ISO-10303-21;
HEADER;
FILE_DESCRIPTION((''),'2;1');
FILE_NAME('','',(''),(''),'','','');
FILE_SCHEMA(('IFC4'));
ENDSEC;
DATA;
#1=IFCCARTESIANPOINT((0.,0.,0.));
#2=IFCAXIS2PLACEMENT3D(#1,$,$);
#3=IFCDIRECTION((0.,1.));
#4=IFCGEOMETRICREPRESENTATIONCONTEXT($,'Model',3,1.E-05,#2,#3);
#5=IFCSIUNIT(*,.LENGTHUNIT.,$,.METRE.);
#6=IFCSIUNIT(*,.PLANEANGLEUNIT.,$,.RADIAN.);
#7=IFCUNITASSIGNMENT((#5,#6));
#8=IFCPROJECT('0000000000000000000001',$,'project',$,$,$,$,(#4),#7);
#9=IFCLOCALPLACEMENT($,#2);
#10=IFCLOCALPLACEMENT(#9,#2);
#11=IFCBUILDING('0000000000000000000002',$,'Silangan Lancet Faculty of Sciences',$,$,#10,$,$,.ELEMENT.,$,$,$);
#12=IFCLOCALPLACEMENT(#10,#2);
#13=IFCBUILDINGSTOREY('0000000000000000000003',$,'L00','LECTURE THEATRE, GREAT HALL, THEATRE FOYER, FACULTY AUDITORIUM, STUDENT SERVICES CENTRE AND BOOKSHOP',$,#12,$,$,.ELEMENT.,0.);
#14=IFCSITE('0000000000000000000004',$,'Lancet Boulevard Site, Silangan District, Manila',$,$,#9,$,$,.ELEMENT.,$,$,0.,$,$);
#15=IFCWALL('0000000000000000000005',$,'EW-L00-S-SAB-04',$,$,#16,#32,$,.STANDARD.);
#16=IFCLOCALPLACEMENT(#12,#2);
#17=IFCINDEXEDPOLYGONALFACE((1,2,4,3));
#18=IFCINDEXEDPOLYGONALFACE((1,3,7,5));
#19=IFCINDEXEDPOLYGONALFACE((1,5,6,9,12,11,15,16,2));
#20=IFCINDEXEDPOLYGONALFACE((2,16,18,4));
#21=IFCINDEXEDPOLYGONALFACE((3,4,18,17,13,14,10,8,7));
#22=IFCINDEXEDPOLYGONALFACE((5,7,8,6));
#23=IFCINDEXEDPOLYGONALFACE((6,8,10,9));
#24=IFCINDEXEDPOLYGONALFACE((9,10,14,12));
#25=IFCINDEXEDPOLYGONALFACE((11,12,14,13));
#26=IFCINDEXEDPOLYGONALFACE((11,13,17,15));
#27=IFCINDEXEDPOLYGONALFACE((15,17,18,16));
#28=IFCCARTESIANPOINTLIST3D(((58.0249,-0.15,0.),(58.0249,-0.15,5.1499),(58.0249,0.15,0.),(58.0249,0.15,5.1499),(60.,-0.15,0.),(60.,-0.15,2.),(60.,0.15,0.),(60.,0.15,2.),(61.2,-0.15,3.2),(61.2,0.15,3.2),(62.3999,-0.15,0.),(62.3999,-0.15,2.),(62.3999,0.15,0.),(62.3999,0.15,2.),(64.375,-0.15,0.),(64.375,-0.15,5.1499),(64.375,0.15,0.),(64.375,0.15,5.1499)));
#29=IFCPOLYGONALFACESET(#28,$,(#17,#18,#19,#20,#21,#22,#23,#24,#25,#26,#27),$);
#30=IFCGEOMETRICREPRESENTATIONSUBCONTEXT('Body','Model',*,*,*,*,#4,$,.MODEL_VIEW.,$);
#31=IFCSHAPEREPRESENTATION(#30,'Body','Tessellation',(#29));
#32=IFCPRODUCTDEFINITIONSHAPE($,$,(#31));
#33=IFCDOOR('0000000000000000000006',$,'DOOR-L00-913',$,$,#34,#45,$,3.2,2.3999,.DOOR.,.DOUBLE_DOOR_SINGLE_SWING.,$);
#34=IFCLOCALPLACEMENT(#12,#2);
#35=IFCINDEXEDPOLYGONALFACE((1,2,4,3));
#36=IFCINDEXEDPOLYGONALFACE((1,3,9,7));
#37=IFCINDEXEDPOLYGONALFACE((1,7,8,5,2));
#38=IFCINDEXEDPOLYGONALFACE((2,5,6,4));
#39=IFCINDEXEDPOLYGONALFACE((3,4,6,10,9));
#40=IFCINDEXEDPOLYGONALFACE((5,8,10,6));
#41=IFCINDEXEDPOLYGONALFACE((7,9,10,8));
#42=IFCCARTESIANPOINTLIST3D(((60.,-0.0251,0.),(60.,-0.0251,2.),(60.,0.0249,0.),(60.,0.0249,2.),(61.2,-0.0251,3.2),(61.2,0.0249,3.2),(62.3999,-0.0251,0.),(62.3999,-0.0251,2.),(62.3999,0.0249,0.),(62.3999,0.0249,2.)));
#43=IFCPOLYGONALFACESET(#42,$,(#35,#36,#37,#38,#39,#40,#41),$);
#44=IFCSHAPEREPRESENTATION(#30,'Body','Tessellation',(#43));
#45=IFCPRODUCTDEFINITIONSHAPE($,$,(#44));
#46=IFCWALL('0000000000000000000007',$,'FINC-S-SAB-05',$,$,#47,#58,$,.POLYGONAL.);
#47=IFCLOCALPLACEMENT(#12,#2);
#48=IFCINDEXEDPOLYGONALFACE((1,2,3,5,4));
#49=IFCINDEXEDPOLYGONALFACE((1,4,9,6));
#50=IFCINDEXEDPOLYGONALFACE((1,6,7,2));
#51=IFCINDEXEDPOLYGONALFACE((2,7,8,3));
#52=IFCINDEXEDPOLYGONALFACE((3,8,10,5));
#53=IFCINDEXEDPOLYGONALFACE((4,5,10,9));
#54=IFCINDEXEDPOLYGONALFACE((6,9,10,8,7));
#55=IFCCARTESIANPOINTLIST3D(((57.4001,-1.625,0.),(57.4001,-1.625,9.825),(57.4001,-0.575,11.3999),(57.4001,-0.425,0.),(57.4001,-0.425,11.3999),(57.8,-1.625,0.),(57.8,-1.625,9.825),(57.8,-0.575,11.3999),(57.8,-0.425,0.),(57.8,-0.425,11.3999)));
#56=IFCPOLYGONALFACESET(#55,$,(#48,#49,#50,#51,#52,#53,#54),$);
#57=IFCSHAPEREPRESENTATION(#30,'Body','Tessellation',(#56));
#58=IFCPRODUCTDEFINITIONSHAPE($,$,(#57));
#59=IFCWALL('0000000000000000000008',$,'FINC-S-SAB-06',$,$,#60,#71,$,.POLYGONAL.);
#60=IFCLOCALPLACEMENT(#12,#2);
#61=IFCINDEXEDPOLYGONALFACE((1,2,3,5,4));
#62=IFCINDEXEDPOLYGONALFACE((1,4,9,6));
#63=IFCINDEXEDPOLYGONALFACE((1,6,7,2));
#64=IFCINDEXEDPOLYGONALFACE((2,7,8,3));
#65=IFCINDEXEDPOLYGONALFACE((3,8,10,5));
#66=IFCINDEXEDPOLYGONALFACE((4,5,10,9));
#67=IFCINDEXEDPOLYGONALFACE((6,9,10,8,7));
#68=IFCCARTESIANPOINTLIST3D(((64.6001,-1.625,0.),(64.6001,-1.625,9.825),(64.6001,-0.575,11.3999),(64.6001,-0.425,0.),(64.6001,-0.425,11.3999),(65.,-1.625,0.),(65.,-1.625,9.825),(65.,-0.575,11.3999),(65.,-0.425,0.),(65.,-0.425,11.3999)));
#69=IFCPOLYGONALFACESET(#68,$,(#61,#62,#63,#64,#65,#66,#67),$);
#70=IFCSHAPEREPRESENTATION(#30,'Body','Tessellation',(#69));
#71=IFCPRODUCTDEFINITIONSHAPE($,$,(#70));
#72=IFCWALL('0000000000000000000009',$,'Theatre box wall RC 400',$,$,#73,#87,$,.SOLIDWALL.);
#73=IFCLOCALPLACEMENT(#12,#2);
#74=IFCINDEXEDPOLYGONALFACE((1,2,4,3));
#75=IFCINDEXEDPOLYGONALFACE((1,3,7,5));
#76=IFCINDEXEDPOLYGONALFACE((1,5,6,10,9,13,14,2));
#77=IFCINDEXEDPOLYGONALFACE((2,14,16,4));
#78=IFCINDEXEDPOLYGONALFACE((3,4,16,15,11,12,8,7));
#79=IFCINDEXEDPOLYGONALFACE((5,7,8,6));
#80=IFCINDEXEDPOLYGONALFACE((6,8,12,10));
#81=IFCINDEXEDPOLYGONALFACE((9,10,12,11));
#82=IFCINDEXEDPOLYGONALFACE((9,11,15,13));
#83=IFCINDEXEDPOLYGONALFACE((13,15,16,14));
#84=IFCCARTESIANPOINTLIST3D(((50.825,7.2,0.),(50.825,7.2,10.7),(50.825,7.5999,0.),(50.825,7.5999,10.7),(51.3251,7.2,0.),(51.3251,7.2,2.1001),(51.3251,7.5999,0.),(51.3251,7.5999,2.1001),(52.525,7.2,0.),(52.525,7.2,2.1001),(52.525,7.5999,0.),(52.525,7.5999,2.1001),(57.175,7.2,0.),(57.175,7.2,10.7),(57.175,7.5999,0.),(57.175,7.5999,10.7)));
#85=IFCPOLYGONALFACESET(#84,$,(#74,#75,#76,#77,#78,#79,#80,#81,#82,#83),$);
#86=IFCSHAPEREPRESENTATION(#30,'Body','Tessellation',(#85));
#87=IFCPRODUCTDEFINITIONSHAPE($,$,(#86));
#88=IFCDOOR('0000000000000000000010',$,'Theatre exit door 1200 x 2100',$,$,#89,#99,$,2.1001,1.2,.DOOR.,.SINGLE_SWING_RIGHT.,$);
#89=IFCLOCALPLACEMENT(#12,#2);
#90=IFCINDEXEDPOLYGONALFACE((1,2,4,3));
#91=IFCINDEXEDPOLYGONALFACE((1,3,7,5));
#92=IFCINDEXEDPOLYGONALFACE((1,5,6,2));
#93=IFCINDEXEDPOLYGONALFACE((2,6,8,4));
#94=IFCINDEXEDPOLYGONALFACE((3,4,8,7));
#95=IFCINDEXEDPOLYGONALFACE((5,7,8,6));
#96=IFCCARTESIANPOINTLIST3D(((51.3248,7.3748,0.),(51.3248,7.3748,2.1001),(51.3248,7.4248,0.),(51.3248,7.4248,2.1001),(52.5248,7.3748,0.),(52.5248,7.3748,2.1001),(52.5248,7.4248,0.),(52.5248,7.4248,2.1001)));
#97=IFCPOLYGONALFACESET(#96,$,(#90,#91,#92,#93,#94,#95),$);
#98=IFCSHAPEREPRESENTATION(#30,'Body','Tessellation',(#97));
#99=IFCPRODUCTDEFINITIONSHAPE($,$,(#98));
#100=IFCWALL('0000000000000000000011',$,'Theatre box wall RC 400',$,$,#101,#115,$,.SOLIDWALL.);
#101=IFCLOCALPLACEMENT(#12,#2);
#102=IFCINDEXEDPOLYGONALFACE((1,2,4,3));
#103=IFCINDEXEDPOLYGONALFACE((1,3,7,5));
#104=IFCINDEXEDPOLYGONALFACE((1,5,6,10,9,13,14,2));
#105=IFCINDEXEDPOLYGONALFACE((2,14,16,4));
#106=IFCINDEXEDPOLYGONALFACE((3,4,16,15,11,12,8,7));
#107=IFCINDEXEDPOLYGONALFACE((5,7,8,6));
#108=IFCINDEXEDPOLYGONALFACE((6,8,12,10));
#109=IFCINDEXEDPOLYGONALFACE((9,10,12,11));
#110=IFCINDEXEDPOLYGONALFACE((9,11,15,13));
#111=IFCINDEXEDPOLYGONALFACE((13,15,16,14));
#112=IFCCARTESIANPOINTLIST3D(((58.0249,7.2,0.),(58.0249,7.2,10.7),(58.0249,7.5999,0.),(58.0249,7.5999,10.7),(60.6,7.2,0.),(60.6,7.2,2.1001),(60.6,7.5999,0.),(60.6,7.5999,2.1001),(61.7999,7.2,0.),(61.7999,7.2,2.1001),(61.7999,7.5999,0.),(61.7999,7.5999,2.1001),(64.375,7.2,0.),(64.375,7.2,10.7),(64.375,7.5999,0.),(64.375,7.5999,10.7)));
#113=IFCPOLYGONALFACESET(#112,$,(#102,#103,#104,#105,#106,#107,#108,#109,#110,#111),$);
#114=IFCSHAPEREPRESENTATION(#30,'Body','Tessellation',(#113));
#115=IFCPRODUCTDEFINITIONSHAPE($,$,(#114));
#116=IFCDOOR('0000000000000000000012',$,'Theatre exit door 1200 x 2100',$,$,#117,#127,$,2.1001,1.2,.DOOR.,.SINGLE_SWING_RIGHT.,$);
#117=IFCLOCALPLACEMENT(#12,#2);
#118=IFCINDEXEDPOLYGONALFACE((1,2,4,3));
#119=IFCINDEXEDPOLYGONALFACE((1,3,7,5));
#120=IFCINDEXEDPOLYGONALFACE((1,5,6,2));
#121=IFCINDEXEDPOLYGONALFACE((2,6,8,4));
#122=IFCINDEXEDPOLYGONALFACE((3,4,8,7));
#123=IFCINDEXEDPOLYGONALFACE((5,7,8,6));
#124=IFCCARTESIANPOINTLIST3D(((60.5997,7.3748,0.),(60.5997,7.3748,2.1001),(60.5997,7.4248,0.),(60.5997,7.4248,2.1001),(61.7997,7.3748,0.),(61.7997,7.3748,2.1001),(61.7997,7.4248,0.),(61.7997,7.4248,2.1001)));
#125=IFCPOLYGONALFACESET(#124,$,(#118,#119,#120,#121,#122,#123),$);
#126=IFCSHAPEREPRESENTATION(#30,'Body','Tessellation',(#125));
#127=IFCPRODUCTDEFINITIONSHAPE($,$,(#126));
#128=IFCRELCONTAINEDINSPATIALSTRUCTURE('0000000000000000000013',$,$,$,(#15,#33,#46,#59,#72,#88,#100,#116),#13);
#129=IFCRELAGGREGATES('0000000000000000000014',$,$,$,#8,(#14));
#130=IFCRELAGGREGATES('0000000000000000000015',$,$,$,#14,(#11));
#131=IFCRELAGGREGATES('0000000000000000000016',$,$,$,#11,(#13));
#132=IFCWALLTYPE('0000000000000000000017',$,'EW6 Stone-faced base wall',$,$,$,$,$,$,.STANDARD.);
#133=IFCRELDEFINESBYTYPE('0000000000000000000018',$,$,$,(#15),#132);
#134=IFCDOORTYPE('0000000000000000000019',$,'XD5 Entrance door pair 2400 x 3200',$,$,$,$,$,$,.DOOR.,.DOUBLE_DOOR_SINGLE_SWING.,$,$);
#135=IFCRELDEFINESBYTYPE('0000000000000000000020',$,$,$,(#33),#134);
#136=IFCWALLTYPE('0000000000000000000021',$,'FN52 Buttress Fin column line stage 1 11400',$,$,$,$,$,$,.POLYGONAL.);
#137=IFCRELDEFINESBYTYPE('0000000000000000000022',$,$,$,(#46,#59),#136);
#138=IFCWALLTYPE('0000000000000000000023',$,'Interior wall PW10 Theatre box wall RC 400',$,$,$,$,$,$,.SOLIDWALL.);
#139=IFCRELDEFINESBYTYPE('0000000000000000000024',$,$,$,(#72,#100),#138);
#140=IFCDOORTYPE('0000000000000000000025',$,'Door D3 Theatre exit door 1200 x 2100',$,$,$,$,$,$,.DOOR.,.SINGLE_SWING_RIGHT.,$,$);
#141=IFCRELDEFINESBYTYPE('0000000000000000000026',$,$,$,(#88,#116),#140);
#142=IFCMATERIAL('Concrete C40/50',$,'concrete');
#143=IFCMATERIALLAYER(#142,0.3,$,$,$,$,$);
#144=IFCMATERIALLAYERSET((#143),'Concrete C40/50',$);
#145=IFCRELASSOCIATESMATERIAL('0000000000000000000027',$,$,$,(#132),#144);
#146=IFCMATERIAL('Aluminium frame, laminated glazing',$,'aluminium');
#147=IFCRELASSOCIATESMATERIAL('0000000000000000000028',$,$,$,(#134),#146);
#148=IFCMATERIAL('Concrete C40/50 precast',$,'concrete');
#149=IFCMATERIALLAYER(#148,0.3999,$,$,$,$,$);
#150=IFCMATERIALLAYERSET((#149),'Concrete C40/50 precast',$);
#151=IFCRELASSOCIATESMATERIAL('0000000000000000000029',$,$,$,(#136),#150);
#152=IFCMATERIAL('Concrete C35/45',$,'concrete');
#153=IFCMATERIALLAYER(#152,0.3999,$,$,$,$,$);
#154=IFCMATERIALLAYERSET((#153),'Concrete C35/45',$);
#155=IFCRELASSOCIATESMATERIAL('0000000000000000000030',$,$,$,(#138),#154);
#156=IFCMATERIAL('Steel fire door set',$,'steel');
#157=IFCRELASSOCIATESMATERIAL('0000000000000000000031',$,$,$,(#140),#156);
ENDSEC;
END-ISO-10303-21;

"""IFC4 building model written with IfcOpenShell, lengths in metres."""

from ifc_helpers import new_model, si_unit, direction, frame, frame_2d, origin, place, context, subcontext, project, spatial, polyline, rectangle, outline, extrude, material, layer, layer_set, type_object, element, fill, save


model = new_model("IFC4")

# Units and contexts
model_context = context("Model", 3, precision=1e-05, world=origin(), true_north=direction((0.0, 1.0)))
body_context = subcontext(model_context, "Body", "Model", "MODEL_VIEW")
ifc_project = project(units=[si_unit("LENGTHUNIT", "METRE"), si_unit("PLANEANGLEUNIT", "RADIAN")], contexts=[model_context])

# Site, building, storey
site_placement = place(None, origin())
site = spatial("IfcSite", under=ifc_project, at=site_placement, Name="Lancet Boulevard Site, Silangan District, Manila", CompositionType="ELEMENT", RefElevation=0.0)
building_placement = place(site_placement, origin())
building = spatial("IfcBuilding", under=site, at=building_placement, Name="Silangan Lancet Faculty of Sciences", CompositionType="ELEMENT")
storey_placement = place(building_placement, origin())
storey = spatial("IfcBuildingStorey", under=building, at=storey_placement, Name="L00", Description="LECTURE THEATRE, GREAT HALL, THEATRE FOYER, FACULTY AUDITORIUM, STUDENT SERVICES CENTRE AND BOOKSHOP", CompositionType="ELEMENT", Elevation=0.0)

# Shared definitions
ifc_material_1 = material(Name="Concrete C40/50", Category="concrete")
ifc_layer_1 = layer(ifc_material_1, 0.3)
ifc_layer_set_1 = layer_set([ifc_layer_1], Name="Concrete C40/50")
wall_type_1 = type_object("IfcWallType", Name="EW6 Stone-faced base wall", PredefinedType="STANDARD", material=ifc_layer_set_1)

# Wall, opening, door
wall_1_placement = place(storey_placement, frame((58.0249, 0.0, 0.0), z_axis=(0.0, 0.0, 1.0), x_axis=(1.0, 0.0, 0.0)))
wall_1 = element("IfcWall", 1, at=wall_1_placement, inside=storey, type_object=wall_type_1, Name="EW-L00-S-SAB-04", PredefinedType="STANDARD", context=body_context, shape_type="SweptSolid", body=[
    extrude(rectangle(XDim=6.3501, YDim=0.3, at=frame_2d((3.175, 0.0))), origin(), (0.0, 0.0, 1.0), 5.1499),
])
opening_1_placement = place(wall_1_placement, frame((1.9751, 0.0, 0.0)))
opening_1 = element("IfcOpeningElement", 2, at=opening_1_placement, cuts=wall_1, PredefinedType="OPENING", context=body_context, shape_type="SweptSolid", body=[
    extrude(outline(polyline([(0.0, 0.0), (2.3999, 0.0), (2.3999, 2.0), (1.2, 3.2), (0.0, 2.0), (0.0, 0.0)])), frame((0.0, 0.1599, 0.0), z_axis=(0.0, -1.0, 0.0), x_axis=(1.0, 0.0, 0.0)), (0.0, 0.0, 1.0), 0.3201),
])
ifc_material_2 = material(Name="Aluminium frame, laminated glazing", Category="aluminium")
door_type_1 = type_object("IfcDoorType", Name="XD5 Entrance door pair 2400 x 3200", OperationType="DOUBLE_DOOR_SINGLE_SWING", PredefinedType="DOOR", material=ifc_material_2)
door_1_placement = place(opening_1_placement, frame((2.3999, 0.0, 0.0), z_axis=(0.0, 0.0, 1.0), x_axis=(-1.0, 0.0, 0.0)))
door_1 = element("IfcDoor", 3, at=door_1_placement, inside=storey, type_object=door_type_1, Name="DOOR-L00-913", OperationType="DOUBLE_DOOR_SINGLE_SWING", OverallHeight=3.2, OverallWidth=2.3999, PredefinedType="DOOR", context=body_context, shape_type="SweptSolid", body=[
    extrude(outline(polyline([(2.3999, 2.0), (1.2, 3.2), (0.0, 2.0), (0.0, 0.0), (2.3999, 0.0), (2.3999, 2.0)])), frame((0.0, 0.0251, 0.0), z_axis=(0.0, -1.0, 0.0), x_axis=(1.0, 0.0, 0.0)), (0.0, 0.0, 1.0), 0.05),
])
fill(opening_1, door_1)

# Walls
ifc_material_3 = material(Name="Concrete C40/50 precast", Category="concrete")
ifc_layer_2 = layer(ifc_material_3, 0.3999)
ifc_layer_set_2 = layer_set([ifc_layer_2], Name="Concrete C40/50 precast")
wall_type_2 = type_object("IfcWallType", Name="FN52 Buttress Fin column line stage 1 11400", PredefinedType="POLYGONAL", material=ifc_layer_set_2)
for number, where, z_axis, x_axis, name in (
    (4, (57.6001, -0.425, 0.0), (0.0, 0.0, 1.0), (0.0, -1.0, 0.0), "FINC-S-SAB-05"),
    (5, (64.8, -0.425, 0.0), (0.0, 0.0, 1.0), (0.0, -1.0, 0.0), "FINC-S-SAB-06"),
):
    element("IfcWall", number, at=place(storey_placement, frame(where, z_axis=z_axis, x_axis=x_axis)), inside=storey, type_object=wall_type_2, Name=name, PredefinedType="POLYGONAL", context=body_context, shape_type="SweptSolid", body=[
        extrude(outline(polyline([(1.2, 0.0), (1.2, 9.825), (0.1499, 11.3999), (0.0, 11.3999), (0.0, 0.0), (1.2, 0.0)])), frame((0.0, 0.2, 0.0), z_axis=(0.0, -1.0, 0.0), x_axis=(1.0, 0.0, 0.0)), (0.0, 0.0, 1.0), 0.3999),
    ])

# Walls, openings, doors
ifc_material_4 = material(Name="Concrete C35/45", Category="concrete")
ifc_layer_3 = layer(ifc_material_4, 0.3999)
ifc_layer_set_3 = layer_set([ifc_layer_3], Name="Concrete C35/45")
wall_type_3 = type_object("IfcWallType", Name="Interior wall PW10 Theatre box wall RC 400", PredefinedType="SOLIDWALL", material=ifc_layer_set_3)
wall_2_placement = place(storey_placement, frame((50.825, 7.3999, 0.0), z_axis=(0.0, 0.0, 1.0), x_axis=(1.0, 0.0, 0.0)))
wall_2 = element("IfcWall", 6, at=wall_2_placement, inside=storey, type_object=wall_type_3, Name="Theatre box wall RC 400", PredefinedType="SOLIDWALL", context=body_context, shape_type="SweptSolid", body=[
    extrude(rectangle(XDim=6.3501, YDim=0.3999, at=frame_2d((3.175, 0.0))), origin(), (0.0, 0.0, 1.0), 10.7),
])
opening_2_placement = place(wall_2_placement, frame((0.5, 0.0, 0.0)))
opening_2 = element("IfcOpeningElement", 7, at=opening_2_placement, cuts=wall_2, PredefinedType="OPENING", context=body_context, shape_type="SweptSolid", body=[
    extrude(rectangle(XDim=1.2, YDim=2.1001, at=frame_2d((0.6001, 1.05))), frame((0.0, 0.21, 0.0), z_axis=(0.0, -1.0, 0.0), x_axis=(1.0, 0.0, 0.0)), (0.0, 0.0, 1.0), 0.4199),
])
ifc_material_5 = material(Name="Steel fire door set", Category="steel")
door_type_2 = type_object("IfcDoorType", Name="Door D3 Theatre exit door 1200 x 2100", OperationType="SINGLE_SWING_RIGHT", PredefinedType="DOOR", material=ifc_material_5)
door_2_placement = place(opening_2_placement, frame((1.2, 0.0, 0.0), z_axis=(0.0, 0.0, 1.0), x_axis=(-1.0, 0.0, 0.0)))
door_2 = element("IfcDoor", 8, at=door_2_placement, inside=storey, type_object=door_type_2, Name="Theatre exit door 1200 x 2100", OperationType="SINGLE_SWING_RIGHT", OverallHeight=2.1001, OverallWidth=1.2, PredefinedType="DOOR", context=body_context, shape_type="SweptSolid", body=[
    extrude(rectangle(XDim=1.2, YDim=2.1001, at=frame_2d((0.6001, 1.05))), frame((0.0, 0.0251, 0.0), z_axis=(0.0, -1.0, 0.0), x_axis=(1.0, 0.0, 0.0)), (0.0, 0.0, 1.0), 0.05),
])
fill(opening_2, door_2)
wall_3_placement = place(storey_placement, frame((58.0249, 7.3999, 0.0), z_axis=(0.0, 0.0, 1.0), x_axis=(1.0, 0.0, 0.0)))
wall_3 = element("IfcWall", 9, at=wall_3_placement, inside=storey, type_object=wall_type_3, Name="Theatre box wall RC 400", PredefinedType="SOLIDWALL", context=body_context, shape_type="SweptSolid", body=[
    extrude(rectangle(XDim=6.3501, YDim=0.3999, at=frame_2d((3.175, 0.0))), origin(), (0.0, 0.0, 1.0), 10.7),
])
opening_3_placement = place(wall_3_placement, frame((2.575, 0.0, 0.0)))
opening_3 = element("IfcOpeningElement", 10, at=opening_3_placement, cuts=wall_3, PredefinedType="OPENING", context=body_context, shape_type="SweptSolid", body=[
    extrude(rectangle(XDim=1.2, YDim=2.1001, at=frame_2d((0.6001, 1.05))), frame((0.0, 0.21, 0.0), z_axis=(0.0, -1.0, 0.0), x_axis=(1.0, 0.0, 0.0)), (0.0, 0.0, 1.0), 0.4199),
])
door_3_placement = place(opening_3_placement, frame((1.2, 0.0, 0.0), z_axis=(0.0, 0.0, 1.0), x_axis=(-1.0, 0.0, 0.0)))
door_3 = element("IfcDoor", 11, at=door_3_placement, inside=storey, type_object=door_type_2, Name="Theatre exit door 1200 x 2100", OperationType="SINGLE_SWING_RIGHT", OverallHeight=2.1001, OverallWidth=1.2, PredefinedType="DOOR", context=body_context, shape_type="SweptSolid", body=[
    extrude(rectangle(XDim=1.2, YDim=2.1001, at=frame_2d((0.6001, 1.05))), frame((0.0, 0.0251, 0.0), z_axis=(0.0, -1.0, 0.0), x_axis=(1.0, 0.0, 0.0)), (0.0, 0.0, 1.0), 0.05),
])
fill(opening_3, door_3)

save(model, "model.ifc")
